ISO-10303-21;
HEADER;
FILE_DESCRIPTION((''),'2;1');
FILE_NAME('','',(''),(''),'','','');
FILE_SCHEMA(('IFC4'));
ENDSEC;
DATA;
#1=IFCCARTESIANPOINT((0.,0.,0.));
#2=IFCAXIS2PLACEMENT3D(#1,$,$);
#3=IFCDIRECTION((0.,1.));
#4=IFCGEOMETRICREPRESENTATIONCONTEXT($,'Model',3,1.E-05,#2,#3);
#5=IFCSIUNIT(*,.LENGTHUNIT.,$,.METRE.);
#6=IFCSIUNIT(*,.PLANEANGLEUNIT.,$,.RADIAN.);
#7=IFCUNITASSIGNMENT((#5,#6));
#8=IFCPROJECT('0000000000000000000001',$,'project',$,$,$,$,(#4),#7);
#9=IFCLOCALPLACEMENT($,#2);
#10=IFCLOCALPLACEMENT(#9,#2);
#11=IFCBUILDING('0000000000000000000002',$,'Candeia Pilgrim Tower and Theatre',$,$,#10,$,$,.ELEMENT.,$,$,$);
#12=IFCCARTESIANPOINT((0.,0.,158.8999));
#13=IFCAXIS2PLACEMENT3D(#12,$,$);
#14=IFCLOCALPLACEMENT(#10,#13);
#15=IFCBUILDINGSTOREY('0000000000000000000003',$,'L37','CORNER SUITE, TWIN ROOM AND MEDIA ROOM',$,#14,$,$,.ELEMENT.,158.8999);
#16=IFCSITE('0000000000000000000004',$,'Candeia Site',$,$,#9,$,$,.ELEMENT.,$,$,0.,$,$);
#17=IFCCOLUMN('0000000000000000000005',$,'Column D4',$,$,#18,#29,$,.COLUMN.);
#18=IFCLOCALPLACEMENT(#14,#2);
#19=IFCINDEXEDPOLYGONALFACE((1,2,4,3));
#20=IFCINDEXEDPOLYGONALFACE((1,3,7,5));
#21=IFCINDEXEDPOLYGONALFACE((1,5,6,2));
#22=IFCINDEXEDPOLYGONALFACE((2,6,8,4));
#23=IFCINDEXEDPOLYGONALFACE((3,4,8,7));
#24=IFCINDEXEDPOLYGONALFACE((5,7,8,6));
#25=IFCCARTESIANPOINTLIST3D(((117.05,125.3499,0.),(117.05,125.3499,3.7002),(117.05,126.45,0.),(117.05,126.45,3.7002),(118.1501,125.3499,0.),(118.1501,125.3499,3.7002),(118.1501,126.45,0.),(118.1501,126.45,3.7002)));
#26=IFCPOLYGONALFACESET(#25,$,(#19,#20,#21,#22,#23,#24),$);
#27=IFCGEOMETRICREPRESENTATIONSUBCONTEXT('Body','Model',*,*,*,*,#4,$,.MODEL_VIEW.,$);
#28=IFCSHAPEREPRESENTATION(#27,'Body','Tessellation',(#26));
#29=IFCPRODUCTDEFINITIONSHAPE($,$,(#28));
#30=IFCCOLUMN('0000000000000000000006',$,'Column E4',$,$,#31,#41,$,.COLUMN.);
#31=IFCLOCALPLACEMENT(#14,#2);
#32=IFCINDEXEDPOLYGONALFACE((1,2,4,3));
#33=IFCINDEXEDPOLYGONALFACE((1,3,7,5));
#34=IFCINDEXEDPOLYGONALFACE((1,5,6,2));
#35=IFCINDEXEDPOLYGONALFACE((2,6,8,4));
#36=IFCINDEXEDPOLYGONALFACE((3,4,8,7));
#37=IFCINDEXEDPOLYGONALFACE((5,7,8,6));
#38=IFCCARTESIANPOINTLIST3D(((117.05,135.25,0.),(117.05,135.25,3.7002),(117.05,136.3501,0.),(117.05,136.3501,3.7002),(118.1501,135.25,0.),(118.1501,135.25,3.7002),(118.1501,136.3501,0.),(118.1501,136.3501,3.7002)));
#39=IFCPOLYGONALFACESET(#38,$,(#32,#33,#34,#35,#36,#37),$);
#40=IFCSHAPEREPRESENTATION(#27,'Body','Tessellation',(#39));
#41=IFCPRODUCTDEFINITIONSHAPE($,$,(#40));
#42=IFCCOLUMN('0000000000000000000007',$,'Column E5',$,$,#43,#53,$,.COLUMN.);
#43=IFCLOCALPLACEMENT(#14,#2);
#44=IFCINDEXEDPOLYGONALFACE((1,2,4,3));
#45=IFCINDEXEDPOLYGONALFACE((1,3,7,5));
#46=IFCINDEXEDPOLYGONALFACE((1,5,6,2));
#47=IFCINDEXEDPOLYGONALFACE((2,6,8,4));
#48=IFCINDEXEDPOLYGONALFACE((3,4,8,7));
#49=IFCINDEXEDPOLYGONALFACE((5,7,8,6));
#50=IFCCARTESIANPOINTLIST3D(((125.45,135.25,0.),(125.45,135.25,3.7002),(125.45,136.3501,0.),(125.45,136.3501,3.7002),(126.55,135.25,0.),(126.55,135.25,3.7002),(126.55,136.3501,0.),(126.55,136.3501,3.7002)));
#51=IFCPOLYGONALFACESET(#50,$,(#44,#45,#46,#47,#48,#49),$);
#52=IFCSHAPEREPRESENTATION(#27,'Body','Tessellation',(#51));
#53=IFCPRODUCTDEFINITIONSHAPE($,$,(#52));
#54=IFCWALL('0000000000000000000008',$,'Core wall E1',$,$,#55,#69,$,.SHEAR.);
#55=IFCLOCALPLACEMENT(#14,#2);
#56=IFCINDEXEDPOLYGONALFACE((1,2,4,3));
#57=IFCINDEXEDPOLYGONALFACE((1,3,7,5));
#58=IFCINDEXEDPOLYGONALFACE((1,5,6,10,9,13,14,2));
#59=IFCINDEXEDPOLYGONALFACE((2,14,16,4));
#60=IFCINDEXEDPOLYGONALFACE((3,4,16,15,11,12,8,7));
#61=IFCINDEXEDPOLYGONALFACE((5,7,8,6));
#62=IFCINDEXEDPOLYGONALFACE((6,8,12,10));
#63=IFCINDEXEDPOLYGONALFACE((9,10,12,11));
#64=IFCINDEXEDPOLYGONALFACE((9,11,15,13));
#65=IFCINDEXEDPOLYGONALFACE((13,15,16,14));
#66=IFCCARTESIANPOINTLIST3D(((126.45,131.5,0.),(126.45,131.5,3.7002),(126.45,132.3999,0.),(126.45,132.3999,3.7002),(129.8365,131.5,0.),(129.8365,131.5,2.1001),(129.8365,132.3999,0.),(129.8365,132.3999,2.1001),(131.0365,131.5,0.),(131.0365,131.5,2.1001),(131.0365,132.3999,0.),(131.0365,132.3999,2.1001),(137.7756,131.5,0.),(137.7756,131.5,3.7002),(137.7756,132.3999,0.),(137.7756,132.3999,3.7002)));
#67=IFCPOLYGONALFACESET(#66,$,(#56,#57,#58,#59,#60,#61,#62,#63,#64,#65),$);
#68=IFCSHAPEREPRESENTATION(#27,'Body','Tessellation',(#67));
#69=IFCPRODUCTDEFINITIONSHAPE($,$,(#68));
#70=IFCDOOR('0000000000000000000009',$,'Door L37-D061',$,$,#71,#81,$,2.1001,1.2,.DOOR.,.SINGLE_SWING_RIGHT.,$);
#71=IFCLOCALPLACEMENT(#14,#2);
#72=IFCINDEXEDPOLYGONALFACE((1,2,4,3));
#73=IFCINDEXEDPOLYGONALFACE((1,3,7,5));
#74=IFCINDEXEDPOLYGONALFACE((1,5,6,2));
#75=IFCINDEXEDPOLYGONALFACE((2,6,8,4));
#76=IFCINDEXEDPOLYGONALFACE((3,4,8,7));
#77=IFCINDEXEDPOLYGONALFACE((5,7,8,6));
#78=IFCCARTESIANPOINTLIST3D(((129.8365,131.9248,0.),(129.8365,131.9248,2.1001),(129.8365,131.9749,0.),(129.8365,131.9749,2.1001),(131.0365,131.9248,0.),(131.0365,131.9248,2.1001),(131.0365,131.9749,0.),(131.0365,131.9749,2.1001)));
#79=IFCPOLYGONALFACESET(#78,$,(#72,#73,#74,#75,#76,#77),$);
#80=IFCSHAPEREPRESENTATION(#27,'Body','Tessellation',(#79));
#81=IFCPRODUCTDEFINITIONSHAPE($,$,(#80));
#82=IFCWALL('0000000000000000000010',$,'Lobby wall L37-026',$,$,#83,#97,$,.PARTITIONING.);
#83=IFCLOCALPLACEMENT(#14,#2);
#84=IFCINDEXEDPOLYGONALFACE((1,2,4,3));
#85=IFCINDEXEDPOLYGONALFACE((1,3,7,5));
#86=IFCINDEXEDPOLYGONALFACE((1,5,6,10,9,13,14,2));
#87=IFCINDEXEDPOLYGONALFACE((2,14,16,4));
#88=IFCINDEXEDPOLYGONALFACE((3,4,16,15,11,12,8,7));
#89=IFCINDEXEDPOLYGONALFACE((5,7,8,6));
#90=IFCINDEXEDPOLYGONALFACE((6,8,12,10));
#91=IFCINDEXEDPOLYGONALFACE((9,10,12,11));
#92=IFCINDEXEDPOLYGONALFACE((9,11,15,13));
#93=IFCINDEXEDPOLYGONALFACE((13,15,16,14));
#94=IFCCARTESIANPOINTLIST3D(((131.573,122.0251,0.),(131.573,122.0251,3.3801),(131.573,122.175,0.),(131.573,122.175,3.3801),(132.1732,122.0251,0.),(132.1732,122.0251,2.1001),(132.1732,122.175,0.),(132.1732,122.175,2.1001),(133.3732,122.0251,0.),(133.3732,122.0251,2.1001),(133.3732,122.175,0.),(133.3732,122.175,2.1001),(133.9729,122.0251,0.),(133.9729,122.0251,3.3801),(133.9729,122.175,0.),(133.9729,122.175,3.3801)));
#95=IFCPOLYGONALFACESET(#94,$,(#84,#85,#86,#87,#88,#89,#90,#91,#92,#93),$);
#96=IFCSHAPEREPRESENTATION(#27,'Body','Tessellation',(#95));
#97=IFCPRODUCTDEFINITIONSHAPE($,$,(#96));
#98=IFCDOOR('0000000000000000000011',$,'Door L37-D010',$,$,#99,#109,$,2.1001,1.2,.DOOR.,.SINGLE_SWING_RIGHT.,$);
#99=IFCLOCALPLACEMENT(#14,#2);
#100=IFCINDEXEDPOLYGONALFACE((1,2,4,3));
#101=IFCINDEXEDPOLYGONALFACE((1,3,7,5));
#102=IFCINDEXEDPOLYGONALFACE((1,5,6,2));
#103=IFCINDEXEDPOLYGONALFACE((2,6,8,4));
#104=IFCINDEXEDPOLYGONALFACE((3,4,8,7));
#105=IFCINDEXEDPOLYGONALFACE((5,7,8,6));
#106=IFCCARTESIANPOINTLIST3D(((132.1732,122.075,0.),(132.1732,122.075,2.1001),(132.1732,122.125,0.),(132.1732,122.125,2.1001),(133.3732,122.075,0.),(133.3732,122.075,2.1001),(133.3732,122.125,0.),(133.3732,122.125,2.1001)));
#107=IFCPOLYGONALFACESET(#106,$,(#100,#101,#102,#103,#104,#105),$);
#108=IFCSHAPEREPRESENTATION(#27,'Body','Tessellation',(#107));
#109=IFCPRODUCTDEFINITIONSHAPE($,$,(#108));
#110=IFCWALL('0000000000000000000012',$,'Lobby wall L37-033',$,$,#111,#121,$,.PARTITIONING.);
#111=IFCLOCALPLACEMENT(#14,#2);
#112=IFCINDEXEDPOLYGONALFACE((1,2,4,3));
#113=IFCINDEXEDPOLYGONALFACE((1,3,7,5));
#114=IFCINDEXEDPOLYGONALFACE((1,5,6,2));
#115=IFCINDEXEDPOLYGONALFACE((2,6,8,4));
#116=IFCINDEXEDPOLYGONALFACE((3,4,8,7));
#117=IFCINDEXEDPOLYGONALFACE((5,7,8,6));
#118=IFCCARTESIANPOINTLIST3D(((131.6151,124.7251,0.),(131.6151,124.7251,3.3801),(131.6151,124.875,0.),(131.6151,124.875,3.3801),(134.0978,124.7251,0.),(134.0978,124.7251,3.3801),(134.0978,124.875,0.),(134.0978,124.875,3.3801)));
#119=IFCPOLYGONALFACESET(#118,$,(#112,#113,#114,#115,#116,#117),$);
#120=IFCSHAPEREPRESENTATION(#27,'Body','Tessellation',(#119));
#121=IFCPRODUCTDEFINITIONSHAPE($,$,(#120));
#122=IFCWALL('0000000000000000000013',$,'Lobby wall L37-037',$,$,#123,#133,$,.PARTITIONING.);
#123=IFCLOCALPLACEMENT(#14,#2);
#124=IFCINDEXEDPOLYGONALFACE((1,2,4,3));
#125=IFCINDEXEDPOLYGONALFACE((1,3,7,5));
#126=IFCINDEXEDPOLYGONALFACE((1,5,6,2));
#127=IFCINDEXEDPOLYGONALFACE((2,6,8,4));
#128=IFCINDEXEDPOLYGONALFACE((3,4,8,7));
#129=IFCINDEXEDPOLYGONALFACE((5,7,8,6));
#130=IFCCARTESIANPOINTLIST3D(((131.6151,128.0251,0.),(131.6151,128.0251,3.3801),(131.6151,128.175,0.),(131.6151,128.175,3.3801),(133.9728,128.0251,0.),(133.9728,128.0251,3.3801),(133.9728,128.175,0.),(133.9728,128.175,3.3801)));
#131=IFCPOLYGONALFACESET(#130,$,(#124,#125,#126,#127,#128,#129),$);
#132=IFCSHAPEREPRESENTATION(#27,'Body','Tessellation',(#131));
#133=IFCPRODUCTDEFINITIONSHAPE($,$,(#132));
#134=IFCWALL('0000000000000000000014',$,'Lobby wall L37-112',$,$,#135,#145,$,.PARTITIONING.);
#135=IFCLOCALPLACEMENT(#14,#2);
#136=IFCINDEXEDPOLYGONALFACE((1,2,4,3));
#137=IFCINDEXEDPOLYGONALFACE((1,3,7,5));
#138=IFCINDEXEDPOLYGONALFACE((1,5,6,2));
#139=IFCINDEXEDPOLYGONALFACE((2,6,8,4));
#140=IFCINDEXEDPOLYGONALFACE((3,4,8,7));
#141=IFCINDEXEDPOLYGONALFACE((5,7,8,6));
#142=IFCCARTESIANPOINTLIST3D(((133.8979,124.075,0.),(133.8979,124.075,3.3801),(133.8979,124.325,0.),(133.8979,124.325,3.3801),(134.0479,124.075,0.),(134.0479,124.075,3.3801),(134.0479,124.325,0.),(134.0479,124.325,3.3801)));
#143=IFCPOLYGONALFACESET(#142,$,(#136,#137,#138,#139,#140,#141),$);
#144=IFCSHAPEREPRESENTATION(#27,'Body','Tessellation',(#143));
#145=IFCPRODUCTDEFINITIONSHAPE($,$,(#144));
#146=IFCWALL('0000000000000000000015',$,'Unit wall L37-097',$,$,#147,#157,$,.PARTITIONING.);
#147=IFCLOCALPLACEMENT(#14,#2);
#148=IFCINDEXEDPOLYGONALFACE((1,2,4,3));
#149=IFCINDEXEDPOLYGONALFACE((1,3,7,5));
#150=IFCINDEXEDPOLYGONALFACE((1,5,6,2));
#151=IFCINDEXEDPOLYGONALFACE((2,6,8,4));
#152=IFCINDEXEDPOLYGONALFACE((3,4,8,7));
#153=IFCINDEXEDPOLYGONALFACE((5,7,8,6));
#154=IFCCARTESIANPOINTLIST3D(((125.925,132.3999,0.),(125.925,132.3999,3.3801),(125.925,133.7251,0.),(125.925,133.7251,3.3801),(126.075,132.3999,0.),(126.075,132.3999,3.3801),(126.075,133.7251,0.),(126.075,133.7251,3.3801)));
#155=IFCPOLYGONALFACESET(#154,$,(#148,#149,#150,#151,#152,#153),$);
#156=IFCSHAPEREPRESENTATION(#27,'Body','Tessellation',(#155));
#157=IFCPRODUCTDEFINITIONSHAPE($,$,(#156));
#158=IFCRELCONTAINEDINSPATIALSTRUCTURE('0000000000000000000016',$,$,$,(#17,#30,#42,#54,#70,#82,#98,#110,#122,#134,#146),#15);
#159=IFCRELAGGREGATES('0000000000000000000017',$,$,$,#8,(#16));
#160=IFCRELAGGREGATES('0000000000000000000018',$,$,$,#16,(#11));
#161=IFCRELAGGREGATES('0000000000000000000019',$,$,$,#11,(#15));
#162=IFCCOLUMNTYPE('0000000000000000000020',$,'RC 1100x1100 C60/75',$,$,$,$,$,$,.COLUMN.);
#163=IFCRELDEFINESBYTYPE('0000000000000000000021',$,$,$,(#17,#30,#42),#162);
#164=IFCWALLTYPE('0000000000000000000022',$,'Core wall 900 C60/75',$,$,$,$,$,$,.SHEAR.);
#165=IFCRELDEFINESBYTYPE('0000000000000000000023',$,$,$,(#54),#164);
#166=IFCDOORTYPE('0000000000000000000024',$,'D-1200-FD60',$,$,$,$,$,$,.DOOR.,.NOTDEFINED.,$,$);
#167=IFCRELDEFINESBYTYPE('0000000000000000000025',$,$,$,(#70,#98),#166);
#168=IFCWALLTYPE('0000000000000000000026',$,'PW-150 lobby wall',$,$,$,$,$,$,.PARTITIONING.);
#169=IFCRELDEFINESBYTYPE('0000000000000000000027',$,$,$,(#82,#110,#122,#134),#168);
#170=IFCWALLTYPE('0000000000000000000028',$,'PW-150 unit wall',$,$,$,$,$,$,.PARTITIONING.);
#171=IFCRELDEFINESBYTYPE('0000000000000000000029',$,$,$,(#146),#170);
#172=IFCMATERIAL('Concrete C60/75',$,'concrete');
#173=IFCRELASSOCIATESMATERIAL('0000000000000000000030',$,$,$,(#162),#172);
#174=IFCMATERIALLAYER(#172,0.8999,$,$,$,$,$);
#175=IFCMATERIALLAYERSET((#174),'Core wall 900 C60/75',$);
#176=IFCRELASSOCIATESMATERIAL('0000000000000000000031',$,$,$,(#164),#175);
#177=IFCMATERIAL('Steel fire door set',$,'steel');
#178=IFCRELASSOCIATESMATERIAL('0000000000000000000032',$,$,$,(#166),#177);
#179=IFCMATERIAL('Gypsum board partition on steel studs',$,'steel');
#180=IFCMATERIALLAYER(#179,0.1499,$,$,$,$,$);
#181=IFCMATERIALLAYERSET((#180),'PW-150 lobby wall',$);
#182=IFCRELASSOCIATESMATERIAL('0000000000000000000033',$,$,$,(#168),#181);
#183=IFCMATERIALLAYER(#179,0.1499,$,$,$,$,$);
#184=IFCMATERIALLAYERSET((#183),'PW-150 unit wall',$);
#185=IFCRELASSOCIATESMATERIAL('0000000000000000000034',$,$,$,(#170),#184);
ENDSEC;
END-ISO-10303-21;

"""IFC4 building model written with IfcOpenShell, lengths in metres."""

from ifc_helpers import new_model, si_unit, direction, frame, frame_2d, origin, origin_2d, place, context, subcontext, project, spatial, rectangle, extrude, material, layer, layer_set, material_profile, profile_set, type_object, element, fill, save


model = new_model("IFC4")

# Units and contexts
model_context = context("Model", 3, precision=1e-05, world=origin(), true_north=direction((0.0, 1.0)))
body_context = subcontext(model_context, "Body", "Model", "MODEL_VIEW")
ifc_project = project(units=[si_unit("LENGTHUNIT", "METRE"), si_unit("PLANEANGLEUNIT", "RADIAN")], contexts=[model_context])

# Site, building, storey
site_placement = place(None, origin())
site = spatial("IfcSite", under=ifc_project, at=site_placement, Name="Candeia Site", CompositionType="ELEMENT", RefElevation=0.0)
building_placement = place(site_placement, origin())
building = spatial("IfcBuilding", under=site, at=building_placement, Name="Candeia Pilgrim Tower and Theatre", CompositionType="ELEMENT")
storey_placement = place(building_placement, frame((0.0, 0.0, 158.8999)))
storey = spatial("IfcBuildingStorey", under=building, at=storey_placement, Name="L37", Description="CORNER SUITE, TWIN ROOM AND MEDIA ROOM", CompositionType="ELEMENT", Elevation=158.8999)

# Columns
ifc_material_1 = material(Name="Concrete C60/75", Category="concrete")
ifc_material_profile = material_profile(ifc_material_1, rectangle(XDim=1.1001, YDim=1.1001, at=origin_2d()))
ifc_profile_set = profile_set([ifc_material_profile], Name="Concrete C60/75")
column_type = type_object("IfcColumnType", Name="RC 1100x1100 C60/75", PredefinedType="COLUMN", material=ifc_profile_set)
for number, where, z_axis, x_axis, name in (
    (1, (117.6001, 125.8999, 0.0), (0.0, 0.0, 1.0), (1.0, 0.0, 0.0), "Column D4"),
    (2, (117.6001, 135.8, 0.0), (0.0, 0.0, 1.0), (1.0, 0.0, 0.0), "Column E4"),
    (3, (126.0, 135.8, 0.0), (0.0, 0.0, 1.0), (1.0, 0.0, 0.0), "Column E5"),
):
    element("IfcColumn", number, at=place(storey_placement, frame(where, z_axis=z_axis, x_axis=x_axis)), inside=storey, type_object=column_type, Name=name, PredefinedType="COLUMN", context=body_context, shape_type="SweptSolid", body=[
        extrude(rectangle(XDim=1.1001, YDim=1.1001, at=origin_2d()), origin(), (0.0, 0.0, 1.0), 3.7002),
    ])

# Walls, openings, doors
ifc_layer_1 = layer(ifc_material_1, 0.8999)
ifc_layer_set_1 = layer_set([ifc_layer_1], Name="Core wall 900 C60/75")
wall_type_1 = type_object("IfcWallType", Name="Core wall 900 C60/75", PredefinedType="SHEAR", material=ifc_layer_set_1)
wall_1_placement = place(storey_placement, frame((126.45, 131.95, 0.0), z_axis=(0.0, 0.0, 1.0), x_axis=(1.0, 0.0, 0.0)))
wall_1 = element("IfcWall", 4, at=wall_1_placement, inside=storey, type_object=wall_type_1, Name="Core wall E1", PredefinedType="SHEAR", context=body_context, shape_type="SweptSolid", body=[
    extrude(rectangle(XDim=11.3257, YDim=0.8999, at=frame_2d((5.6628, 0.0))), origin(), (0.0, 0.0, 1.0), 3.7002),
])
opening_1_placement = place(wall_1_placement, frame((3.3865, 0.0, 0.0)))
opening_1 = element("IfcOpeningElement", 5, at=opening_1_placement, cuts=wall_1, PredefinedType="OPENING", context=body_context, shape_type="SweptSolid", body=[
    extrude(rectangle(XDim=1.2, YDim=2.1001, at=frame_2d((0.6001, 1.05))), frame((0.0, 0.46, 0.0), z_axis=(0.0, -1.0, 0.0), x_axis=(1.0, 0.0, 0.0)), (0.0, 0.0, 1.0), 0.9199),
])
ifc_material_2 = material(Name="Steel fire door set", Category="steel")
door_type_1 = type_object("IfcDoorType", Name="D-1200-FD60", OperationType="NOTDEFINED", PredefinedType="DOOR", material=ifc_material_2)
door_1_placement = place(opening_1_placement, origin())
door_1 = element("IfcDoor", 6, at=door_1_placement, inside=storey, type_object=door_type_1, Name="Door L37-D061", OperationType="SINGLE_SWING_RIGHT", OverallHeight=2.1001, OverallWidth=1.2, PredefinedType="DOOR", context=body_context, shape_type="SweptSolid", body=[
    extrude(rectangle(XDim=1.2, YDim=2.1001, at=frame_2d((0.6001, 1.05))), frame((0.0, 0.0249, 0.0), z_axis=(0.0, -1.0, 0.0), x_axis=(1.0, 0.0, 0.0)), (0.0, 0.0, 1.0), 0.05),
])
fill(opening_1, door_1)
ifc_material_3 = material(Name="Gypsum board partition on steel studs", Category="steel")
ifc_layer_2 = layer(ifc_material_3, 0.1499)
ifc_layer_set_2 = layer_set([ifc_layer_2], Name="PW-150 lobby wall")
wall_type_2 = type_object("IfcWallType", Name="PW-150 lobby wall", PredefinedType="PARTITIONING", material=ifc_layer_set_2)
wall_2_placement = place(storey_placement, frame((131.573, 122.1001, 0.0), z_axis=(0.0, 0.0, 1.0), x_axis=(1.0, 0.0, 0.0)))
wall_2 = element("IfcWall", 7, at=wall_2_placement, inside=storey, type_object=wall_type_2, Name="Lobby wall L37-026", PredefinedType="PARTITIONING", context=body_context, shape_type="SweptSolid", body=[
    extrude(rectangle(XDim=2.3999, YDim=0.1499, at=frame_2d((1.2, 0.0))), origin(), (0.0, 0.0, 1.0), 3.3801),
])
opening_2_placement = place(wall_2_placement, frame((0.6001, 0.0, 0.0)))
opening_2 = element("IfcOpeningElement", 8, at=opening_2_placement, cuts=wall_2, PredefinedType="OPENING", context=body_context, shape_type="SweptSolid", body=[
    extrude(rectangle(XDim=1.2, YDim=2.1001, at=frame_2d((0.6001, 1.05))), frame((0.0, 0.085, 0.0), z_axis=(0.0, -1.0, 0.0), x_axis=(1.0, 0.0, 0.0)), (0.0, 0.0, 1.0), 0.1699),
])
door_2_placement = place(opening_2_placement, origin())
door_2 = element("IfcDoor", 9, at=door_2_placement, inside=storey, type_object=door_type_1, Name="Door L37-D010", OperationType="SINGLE_SWING_RIGHT", OverallHeight=2.1001, OverallWidth=1.2, PredefinedType="DOOR", context=body_context, shape_type="SweptSolid", body=[
    extrude(rectangle(XDim=1.2, YDim=2.1001, at=frame_2d((0.6001, 1.05))), frame((0.0, 0.0249, 0.0), z_axis=(0.0, -1.0, 0.0), x_axis=(1.0, 0.0, 0.0)), (0.0, 0.0, 1.0), 0.05),
])
fill(opening_2, door_2)

# Walls
wall_3_placement = place(storey_placement, frame((131.6152, 124.8, 0.0), z_axis=(0.0, 0.0, 1.0), x_axis=(1.0, 0.0, 0.0)))
element("IfcWall", 10, at=wall_3_placement, inside=storey, type_object=wall_type_2, Name="Lobby wall L37-033", PredefinedType="PARTITIONING", context=body_context, shape_type="SweptSolid", body=[
    extrude(rectangle(XDim=2.4827, YDim=0.1499, at=frame_2d((1.2412, 0.0))), origin(), (0.0, 0.0, 1.0), 3.3801),
])
wall_4_placement = place(storey_placement, frame((131.6152, 128.1001, 0.0), z_axis=(0.0, 0.0, 1.0), x_axis=(1.0, 0.0, 0.0)))
element("IfcWall", 11, at=wall_4_placement, inside=storey, type_object=wall_type_2, Name="Lobby wall L37-037", PredefinedType="PARTITIONING", context=body_context, shape_type="SweptSolid", body=[
    extrude(rectangle(XDim=2.3577, YDim=0.1499, at=frame_2d((1.1787, 0.0))), origin(), (0.0, 0.0, 1.0), 3.3801),
])
wall_5_placement = place(storey_placement, frame((133.9729, 124.075, 0.0), z_axis=(0.0, 0.0, 1.0), x_axis=(0.0, 1.0, 0.0)))
element("IfcWall", 12, at=wall_5_placement, inside=storey, type_object=wall_type_2, Name="Lobby wall L37-112", PredefinedType="PARTITIONING", context=body_context, shape_type="SweptSolid", body=[
    extrude(rectangle(XDim=0.25, YDim=0.1499, at=frame_2d((0.125, 0.0))), origin(), (0.0, 0.0, 1.0), 3.3801),
])
ifc_layer_3 = layer(ifc_material_3, 0.1499)
ifc_layer_set_3 = layer_set([ifc_layer_3], Name="PW-150 unit wall")
wall_type_3 = type_object("IfcWallType", Name="PW-150 unit wall", PredefinedType="PARTITIONING", material=ifc_layer_set_3)
wall_6_placement = place(storey_placement, frame((126.0, 132.3999, 0.0), z_axis=(0.0, 0.0, 1.0), x_axis=(0.0, 1.0, 0.0)))
element("IfcWall", 13, at=wall_6_placement, inside=storey, type_object=wall_type_3, Name="Unit wall L37-097", PredefinedType="PARTITIONING", context=body_context, shape_type="SweptSolid", body=[
    extrude(rectangle(XDim=1.3252, YDim=0.1499, at=frame_2d((0.6626, 0.0))), origin(), (0.0, 0.0, 1.0), 3.3801),
])

save(model, "model.ifc")
